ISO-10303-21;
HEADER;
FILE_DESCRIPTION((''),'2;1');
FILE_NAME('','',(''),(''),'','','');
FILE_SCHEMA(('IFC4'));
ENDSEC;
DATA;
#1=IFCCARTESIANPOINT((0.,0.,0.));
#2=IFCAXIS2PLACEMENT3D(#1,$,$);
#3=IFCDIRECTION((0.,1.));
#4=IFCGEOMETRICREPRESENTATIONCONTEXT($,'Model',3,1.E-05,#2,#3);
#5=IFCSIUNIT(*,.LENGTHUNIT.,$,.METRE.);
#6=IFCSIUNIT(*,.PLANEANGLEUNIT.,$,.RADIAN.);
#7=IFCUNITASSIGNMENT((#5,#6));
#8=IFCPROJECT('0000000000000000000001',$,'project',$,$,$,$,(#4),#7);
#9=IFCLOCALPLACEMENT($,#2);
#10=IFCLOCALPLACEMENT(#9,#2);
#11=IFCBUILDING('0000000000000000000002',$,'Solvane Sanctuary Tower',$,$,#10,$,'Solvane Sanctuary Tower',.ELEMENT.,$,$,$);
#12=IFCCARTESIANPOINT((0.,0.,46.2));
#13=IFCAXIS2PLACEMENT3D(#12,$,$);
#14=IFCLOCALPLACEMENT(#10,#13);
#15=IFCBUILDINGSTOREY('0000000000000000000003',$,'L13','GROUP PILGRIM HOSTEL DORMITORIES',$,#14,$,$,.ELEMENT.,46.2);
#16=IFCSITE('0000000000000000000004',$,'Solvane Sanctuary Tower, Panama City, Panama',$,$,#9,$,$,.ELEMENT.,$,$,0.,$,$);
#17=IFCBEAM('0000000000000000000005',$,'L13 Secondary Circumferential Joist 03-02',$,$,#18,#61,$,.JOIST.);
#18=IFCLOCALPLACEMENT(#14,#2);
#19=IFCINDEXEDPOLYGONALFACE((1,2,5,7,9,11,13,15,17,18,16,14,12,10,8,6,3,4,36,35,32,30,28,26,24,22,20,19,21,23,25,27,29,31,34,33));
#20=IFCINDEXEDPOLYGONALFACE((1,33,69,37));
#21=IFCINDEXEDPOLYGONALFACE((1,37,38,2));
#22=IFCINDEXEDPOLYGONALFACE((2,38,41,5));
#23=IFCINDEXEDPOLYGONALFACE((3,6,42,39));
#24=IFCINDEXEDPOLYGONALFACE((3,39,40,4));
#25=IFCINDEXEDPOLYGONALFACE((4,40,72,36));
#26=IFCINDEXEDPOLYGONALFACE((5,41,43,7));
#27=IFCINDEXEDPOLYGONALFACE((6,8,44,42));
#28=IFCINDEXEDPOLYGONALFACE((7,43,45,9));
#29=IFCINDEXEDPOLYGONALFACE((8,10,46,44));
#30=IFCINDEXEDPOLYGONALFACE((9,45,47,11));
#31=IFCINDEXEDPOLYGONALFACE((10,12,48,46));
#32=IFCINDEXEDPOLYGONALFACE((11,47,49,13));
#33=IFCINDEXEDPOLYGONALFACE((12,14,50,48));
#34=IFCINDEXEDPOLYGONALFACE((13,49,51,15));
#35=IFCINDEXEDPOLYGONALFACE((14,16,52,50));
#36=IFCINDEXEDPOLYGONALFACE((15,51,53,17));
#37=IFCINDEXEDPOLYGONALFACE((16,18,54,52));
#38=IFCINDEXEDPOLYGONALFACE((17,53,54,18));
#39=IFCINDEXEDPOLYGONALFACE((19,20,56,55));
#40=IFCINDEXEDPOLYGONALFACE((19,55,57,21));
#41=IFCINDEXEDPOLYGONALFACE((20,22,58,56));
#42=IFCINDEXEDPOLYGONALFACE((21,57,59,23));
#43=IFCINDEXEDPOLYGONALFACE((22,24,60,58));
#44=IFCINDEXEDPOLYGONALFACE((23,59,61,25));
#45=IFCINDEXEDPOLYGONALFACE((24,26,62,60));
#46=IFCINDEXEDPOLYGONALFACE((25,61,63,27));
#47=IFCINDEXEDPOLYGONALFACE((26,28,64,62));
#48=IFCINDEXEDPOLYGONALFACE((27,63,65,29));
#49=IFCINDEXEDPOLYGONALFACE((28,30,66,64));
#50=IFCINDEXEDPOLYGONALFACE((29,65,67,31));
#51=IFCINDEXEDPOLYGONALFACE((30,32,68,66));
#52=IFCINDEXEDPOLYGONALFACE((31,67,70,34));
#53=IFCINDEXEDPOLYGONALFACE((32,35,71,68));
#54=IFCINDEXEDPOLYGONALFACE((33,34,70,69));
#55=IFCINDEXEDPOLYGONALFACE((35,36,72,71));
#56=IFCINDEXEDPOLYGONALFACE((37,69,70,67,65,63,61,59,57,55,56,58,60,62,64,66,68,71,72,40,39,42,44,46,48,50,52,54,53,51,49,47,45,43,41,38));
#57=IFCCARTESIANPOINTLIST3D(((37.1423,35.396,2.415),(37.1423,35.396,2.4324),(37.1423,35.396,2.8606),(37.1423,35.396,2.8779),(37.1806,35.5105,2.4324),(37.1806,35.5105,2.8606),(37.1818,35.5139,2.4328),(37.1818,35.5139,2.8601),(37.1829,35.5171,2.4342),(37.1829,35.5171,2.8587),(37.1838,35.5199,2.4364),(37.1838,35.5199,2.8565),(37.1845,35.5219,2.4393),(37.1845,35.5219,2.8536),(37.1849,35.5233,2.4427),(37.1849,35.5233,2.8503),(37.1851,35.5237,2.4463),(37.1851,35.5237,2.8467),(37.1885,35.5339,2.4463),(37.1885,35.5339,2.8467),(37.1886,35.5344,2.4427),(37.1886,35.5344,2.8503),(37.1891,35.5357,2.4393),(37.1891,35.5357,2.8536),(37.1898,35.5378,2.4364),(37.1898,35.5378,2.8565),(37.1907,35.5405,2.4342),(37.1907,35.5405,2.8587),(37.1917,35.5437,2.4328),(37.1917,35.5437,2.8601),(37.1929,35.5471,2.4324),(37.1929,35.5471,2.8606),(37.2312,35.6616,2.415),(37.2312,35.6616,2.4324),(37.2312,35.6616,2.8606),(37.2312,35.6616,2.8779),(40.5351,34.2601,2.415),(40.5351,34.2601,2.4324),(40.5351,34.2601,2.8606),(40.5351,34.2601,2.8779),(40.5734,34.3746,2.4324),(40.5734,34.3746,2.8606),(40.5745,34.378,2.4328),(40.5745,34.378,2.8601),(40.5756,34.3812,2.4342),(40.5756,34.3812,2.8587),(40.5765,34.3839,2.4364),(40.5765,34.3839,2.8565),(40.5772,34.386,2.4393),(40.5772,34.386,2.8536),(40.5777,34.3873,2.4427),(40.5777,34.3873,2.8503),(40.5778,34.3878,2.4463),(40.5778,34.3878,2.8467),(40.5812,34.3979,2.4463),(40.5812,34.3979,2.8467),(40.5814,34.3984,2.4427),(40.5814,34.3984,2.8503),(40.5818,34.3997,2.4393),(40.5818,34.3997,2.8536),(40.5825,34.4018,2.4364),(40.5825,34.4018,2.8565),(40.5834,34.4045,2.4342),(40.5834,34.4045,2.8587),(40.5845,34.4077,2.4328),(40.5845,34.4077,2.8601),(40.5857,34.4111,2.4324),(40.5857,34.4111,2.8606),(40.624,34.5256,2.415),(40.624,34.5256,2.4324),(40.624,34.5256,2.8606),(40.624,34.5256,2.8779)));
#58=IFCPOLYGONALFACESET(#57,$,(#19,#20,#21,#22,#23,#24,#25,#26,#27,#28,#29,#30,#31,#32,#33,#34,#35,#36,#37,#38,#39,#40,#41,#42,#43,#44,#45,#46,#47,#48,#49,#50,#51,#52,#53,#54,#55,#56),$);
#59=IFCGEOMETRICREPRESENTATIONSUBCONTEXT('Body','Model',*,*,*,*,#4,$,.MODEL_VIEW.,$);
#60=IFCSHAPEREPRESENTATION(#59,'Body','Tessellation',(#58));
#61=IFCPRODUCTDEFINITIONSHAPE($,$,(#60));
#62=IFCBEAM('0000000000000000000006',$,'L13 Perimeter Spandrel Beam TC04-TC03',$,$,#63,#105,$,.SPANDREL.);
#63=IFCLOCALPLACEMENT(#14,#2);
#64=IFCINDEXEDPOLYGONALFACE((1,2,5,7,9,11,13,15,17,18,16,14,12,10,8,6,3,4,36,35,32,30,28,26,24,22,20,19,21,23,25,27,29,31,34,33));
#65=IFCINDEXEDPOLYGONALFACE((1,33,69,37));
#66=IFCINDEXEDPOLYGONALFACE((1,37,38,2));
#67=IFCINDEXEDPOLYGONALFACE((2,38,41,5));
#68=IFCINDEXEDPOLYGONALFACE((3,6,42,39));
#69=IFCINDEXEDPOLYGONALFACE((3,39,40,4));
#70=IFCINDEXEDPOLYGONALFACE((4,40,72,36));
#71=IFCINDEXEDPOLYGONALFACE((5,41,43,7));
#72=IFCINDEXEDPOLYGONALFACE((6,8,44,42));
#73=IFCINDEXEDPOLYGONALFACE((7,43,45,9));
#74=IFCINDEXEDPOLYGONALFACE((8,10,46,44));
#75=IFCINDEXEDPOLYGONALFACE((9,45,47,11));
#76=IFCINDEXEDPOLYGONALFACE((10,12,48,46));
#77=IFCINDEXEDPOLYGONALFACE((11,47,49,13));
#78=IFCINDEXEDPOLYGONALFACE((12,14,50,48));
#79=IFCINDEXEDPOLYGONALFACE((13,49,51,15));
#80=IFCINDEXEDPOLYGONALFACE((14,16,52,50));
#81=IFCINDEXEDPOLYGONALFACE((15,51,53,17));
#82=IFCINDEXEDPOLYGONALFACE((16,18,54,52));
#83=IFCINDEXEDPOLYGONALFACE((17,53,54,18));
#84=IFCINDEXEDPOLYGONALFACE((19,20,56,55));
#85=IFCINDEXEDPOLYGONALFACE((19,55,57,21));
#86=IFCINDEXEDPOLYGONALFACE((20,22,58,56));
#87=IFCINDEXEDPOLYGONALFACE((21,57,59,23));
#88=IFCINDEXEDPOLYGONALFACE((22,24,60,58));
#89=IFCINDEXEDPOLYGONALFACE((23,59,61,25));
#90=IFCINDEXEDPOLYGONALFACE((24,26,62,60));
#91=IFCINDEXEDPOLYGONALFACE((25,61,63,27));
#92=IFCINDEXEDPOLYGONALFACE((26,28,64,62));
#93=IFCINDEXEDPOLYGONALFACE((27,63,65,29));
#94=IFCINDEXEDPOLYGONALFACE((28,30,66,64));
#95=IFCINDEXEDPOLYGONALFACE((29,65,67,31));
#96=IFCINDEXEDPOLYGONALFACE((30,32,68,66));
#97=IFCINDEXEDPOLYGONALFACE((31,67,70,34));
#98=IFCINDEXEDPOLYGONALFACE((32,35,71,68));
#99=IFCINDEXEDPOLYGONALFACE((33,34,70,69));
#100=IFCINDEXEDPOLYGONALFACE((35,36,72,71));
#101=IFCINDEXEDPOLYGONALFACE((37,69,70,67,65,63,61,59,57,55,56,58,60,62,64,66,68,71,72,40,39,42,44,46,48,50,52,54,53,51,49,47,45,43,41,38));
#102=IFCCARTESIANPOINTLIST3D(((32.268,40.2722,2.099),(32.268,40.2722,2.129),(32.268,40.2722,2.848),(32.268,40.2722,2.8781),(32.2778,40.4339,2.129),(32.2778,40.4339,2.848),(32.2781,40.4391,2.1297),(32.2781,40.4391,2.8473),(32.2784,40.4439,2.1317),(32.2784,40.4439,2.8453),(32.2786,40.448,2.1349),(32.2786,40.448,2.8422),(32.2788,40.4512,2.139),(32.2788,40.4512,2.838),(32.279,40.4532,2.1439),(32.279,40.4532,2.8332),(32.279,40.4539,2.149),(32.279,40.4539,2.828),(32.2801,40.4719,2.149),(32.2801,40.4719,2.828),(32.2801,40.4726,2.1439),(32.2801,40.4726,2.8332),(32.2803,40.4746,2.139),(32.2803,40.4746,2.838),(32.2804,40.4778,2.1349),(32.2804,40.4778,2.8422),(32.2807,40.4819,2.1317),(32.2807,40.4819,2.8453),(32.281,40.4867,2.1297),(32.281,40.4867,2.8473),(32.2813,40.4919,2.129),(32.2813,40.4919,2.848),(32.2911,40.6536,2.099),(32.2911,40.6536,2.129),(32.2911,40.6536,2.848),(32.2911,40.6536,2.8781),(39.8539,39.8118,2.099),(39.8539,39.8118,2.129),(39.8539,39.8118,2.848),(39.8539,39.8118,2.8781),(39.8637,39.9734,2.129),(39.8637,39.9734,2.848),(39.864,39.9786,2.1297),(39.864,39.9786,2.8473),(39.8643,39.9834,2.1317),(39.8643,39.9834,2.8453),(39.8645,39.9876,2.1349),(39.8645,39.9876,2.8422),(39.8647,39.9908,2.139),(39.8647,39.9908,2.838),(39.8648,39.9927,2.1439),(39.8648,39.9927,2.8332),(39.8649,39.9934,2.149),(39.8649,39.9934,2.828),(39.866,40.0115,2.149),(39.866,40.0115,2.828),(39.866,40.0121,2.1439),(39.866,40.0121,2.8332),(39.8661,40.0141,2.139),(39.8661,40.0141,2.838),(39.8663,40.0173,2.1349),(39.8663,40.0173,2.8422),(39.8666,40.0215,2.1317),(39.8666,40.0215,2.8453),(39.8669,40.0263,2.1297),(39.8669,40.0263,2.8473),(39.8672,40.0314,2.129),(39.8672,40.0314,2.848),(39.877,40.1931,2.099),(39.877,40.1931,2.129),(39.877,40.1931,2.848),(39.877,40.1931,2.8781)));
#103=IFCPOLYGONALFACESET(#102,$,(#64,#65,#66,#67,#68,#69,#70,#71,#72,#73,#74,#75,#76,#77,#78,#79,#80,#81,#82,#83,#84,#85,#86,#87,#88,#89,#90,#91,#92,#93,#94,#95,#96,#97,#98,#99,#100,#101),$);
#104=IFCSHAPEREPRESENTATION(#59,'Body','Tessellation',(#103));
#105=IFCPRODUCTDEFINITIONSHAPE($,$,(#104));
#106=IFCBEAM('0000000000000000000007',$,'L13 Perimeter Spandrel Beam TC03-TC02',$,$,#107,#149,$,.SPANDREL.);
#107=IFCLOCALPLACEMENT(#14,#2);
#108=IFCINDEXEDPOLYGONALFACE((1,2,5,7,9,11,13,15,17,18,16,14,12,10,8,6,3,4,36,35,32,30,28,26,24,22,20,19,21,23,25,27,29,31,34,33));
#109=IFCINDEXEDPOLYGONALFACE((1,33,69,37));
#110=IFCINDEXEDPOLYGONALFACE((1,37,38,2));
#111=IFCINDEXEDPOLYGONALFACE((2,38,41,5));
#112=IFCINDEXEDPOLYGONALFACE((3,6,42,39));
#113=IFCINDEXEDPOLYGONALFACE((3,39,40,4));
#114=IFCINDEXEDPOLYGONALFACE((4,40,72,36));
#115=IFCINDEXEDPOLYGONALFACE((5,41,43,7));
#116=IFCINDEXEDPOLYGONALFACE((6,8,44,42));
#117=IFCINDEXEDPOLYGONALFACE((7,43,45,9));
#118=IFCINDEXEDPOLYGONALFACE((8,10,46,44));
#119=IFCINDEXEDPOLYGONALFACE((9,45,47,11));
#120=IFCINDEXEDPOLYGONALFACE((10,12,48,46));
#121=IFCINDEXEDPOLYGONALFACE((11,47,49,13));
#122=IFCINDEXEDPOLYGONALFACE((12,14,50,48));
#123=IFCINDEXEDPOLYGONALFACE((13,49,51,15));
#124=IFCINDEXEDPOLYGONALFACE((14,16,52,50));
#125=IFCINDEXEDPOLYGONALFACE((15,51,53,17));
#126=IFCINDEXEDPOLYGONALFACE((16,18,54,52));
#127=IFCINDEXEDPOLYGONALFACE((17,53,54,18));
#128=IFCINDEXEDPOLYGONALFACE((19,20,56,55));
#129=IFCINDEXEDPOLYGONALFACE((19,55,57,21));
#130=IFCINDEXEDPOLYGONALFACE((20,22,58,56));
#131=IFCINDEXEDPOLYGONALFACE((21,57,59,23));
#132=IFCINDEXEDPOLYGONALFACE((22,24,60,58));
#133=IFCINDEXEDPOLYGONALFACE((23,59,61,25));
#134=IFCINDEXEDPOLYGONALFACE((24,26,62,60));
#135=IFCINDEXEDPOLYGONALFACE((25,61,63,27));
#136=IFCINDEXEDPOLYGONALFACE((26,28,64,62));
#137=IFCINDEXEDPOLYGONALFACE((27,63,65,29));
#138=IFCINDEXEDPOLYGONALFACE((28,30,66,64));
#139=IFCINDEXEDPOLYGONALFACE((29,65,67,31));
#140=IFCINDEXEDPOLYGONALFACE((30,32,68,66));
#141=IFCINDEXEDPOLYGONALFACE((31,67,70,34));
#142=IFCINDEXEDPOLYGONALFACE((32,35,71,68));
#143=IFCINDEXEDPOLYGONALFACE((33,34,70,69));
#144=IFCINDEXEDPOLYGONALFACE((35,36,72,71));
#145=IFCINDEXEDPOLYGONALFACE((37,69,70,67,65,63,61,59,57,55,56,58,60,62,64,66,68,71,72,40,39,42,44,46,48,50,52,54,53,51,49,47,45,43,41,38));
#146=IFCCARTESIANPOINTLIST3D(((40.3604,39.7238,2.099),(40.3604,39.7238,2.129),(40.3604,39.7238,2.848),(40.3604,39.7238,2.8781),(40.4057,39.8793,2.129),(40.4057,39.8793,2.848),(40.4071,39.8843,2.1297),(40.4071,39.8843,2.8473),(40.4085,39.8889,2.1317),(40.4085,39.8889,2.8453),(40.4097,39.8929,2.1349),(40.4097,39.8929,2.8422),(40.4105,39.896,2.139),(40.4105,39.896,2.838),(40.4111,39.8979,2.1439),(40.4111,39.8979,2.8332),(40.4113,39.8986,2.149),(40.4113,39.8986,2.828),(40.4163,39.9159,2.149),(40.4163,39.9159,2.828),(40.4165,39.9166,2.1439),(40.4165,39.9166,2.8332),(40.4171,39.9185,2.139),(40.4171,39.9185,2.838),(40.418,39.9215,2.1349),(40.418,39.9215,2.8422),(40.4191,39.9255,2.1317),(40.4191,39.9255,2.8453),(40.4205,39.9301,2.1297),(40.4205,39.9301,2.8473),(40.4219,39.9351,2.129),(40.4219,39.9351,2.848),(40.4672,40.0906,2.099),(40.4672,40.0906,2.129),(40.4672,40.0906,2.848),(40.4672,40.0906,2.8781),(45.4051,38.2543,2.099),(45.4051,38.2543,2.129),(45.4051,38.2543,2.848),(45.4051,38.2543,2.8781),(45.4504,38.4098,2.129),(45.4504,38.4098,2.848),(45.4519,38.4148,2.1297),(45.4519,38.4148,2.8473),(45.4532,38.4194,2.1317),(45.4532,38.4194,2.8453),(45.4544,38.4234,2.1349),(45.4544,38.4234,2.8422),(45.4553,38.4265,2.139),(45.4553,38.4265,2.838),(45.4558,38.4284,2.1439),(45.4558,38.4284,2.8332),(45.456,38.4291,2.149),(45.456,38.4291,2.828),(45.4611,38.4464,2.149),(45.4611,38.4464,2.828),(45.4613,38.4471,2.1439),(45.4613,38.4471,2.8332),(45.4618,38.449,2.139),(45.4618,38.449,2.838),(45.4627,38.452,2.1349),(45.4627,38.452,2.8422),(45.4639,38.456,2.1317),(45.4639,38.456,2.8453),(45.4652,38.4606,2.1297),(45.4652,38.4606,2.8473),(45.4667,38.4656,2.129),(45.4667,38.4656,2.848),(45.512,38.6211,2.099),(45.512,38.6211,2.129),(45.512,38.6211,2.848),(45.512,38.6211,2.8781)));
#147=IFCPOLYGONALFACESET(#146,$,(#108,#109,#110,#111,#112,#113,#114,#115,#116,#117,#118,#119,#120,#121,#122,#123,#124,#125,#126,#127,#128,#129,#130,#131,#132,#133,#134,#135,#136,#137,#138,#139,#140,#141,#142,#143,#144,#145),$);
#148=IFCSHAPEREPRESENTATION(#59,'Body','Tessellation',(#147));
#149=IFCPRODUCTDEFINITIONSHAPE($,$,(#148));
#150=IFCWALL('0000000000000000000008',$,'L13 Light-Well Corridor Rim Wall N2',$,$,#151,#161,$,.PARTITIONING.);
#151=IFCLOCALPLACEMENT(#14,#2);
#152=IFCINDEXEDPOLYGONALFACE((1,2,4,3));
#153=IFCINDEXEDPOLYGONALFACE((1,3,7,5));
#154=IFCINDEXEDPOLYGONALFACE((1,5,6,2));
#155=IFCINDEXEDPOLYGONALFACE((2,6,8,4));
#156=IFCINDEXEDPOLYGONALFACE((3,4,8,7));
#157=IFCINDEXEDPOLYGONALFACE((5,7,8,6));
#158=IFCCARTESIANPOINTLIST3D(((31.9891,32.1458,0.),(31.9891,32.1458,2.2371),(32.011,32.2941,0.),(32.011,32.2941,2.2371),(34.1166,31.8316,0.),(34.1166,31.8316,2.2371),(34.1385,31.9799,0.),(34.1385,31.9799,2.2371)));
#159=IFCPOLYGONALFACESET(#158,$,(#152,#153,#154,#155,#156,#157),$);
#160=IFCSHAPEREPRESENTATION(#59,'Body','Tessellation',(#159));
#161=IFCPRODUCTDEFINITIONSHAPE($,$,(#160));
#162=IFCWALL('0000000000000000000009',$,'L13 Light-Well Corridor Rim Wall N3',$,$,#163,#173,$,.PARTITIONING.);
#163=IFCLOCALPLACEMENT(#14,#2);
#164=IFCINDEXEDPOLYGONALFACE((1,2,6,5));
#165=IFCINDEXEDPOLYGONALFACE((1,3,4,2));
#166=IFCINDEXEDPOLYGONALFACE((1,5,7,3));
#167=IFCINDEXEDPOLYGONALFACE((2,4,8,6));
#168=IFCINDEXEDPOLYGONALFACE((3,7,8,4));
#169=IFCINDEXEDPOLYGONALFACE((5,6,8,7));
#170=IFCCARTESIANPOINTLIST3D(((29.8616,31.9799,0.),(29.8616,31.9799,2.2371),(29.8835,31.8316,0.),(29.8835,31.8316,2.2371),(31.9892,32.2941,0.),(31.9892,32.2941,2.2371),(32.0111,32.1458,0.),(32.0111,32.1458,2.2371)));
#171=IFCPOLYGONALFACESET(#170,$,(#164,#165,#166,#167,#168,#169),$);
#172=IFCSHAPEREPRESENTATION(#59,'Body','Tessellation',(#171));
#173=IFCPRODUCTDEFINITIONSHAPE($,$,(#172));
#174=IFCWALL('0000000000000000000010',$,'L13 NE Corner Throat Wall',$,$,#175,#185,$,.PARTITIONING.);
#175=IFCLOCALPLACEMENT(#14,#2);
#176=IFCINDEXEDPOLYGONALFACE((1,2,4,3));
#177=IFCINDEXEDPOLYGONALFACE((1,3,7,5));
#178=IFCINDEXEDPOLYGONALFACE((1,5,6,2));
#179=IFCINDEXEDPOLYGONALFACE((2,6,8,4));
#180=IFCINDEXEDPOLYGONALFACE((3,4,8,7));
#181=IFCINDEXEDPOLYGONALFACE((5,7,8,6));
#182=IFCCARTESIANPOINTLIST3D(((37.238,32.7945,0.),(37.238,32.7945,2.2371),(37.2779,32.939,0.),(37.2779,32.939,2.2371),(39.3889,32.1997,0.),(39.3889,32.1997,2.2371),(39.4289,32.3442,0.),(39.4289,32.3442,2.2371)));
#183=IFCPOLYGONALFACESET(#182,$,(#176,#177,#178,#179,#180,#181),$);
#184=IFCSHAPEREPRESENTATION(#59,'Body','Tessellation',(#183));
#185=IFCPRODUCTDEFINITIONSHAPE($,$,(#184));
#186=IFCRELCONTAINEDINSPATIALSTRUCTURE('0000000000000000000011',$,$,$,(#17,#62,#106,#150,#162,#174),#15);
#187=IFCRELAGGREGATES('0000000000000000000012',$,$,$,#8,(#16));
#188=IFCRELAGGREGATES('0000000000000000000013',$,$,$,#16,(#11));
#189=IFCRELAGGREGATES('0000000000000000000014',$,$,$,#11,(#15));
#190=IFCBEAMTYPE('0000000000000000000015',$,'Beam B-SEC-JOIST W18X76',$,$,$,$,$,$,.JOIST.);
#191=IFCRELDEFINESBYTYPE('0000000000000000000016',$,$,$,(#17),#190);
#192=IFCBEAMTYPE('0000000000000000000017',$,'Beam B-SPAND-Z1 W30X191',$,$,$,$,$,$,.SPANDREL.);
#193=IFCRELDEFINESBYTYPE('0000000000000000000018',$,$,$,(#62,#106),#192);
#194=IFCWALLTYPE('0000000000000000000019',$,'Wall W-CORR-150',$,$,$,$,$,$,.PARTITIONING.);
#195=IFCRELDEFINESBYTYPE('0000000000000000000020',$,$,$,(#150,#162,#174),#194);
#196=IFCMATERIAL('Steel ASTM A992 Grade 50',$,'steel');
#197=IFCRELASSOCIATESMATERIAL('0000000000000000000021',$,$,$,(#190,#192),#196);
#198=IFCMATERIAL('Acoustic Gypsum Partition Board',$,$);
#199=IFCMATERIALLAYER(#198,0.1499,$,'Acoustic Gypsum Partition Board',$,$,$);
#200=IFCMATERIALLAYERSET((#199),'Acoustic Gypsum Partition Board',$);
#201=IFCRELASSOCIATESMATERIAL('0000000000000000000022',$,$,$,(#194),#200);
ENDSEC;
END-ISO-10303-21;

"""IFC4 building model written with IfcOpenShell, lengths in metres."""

from ifc_helpers import new_model, si_unit, direction, frame, frame_2d, origin, origin_2d, place, context, subcontext, project, spatial, rectangle, i_section, extrude, material, layer, layer_set, material_profile, profile_set, type_object, element, save


model = new_model("IFC4")

# Units and contexts
model_context = context("Model", 3, precision=1e-05, world=origin(), true_north=direction((0.0, 1.0)))
body_context = subcontext(model_context, "Body", "Model", "MODEL_VIEW")
ifc_project = project(units=[si_unit("LENGTHUNIT", "METRE"), si_unit("PLANEANGLEUNIT", "RADIAN")], contexts=[model_context])

# Site, building, storey
site_placement = place(None, origin())
site = spatial("IfcSite", under=ifc_project, at=site_placement, Name="Solvane Sanctuary Tower, Panama City, Panama", CompositionType="ELEMENT", RefElevation=0.0)
building_placement = place(site_placement, origin())
building = spatial("IfcBuilding", under=site, at=building_placement, Name="Solvane Sanctuary Tower", LongName="Solvane Sanctuary Tower", CompositionType="ELEMENT")
storey_placement = place(building_placement, frame((0.0, 0.0, 46.2)))
storey = spatial("IfcBuildingStorey", under=building, at=storey_placement, Name="L13", Description="GROUP PILGRIM HOSTEL DORMITORIES", CompositionType="ELEMENT", Elevation=46.2)

# Beams
ifc_material_1 = material(Name="Steel ASTM A992 Grade 50", Category="steel")
ifc_material_profile_1 = material_profile(ifc_material_1, i_section(OverallWidth=0.28, OverallDepth=0.4629, WebThickness=0.0107, FlangeThickness=0.0173, FilletRadius=0.0139, at=origin_2d()), Name="W18X76")
ifc_profile_set_1 = profile_set([ifc_material_profile_1], Name="Steel ASTM A992 Grade 50")
beam_type_1 = type_object("IfcBeamType", Name="Beam B-SEC-JOIST W18X76", PredefinedType="JOIST", material=ifc_profile_set_1)
beam_1_placement = place(storey_placement, frame((37.1868, 35.5288, 2.6465), z_axis=(0.948259, -0.317497, 0.0), x_axis=(0.317497, 0.948259, 0.0)))
element("IfcBeam", 1, at=beam_1_placement, inside=storey, type_object=beam_type_1, Name="L13 Secondary Circumferential Joist 03-02", PredefinedType="JOIST", context=body_context, shape_type="SweptSolid", body=[
    extrude(i_section(OverallWidth=0.28, OverallDepth=0.4629, WebThickness=0.0107, FlangeThickness=0.0173, FilletRadius=0.0139, at=origin_2d()), origin(), (0.0, 0.0, 1.0), 3.5779),
])
ifc_material_profile_2 = material_profile(ifc_material_1, i_section(OverallWidth=0.3821, OverallDepth=0.7791, WebThickness=0.0181, FlangeThickness=0.03, FilletRadius=0.02, at=origin_2d()), Name="W30X191")
ifc_profile_set_2 = profile_set([ifc_material_profile_2], Name="Steel ASTM A992 Grade 50")
beam_type_2 = type_object("IfcBeamType", Name="Beam B-SPAND-Z1 W30X191", PredefinedType="SPANDREL", material=ifc_profile_set_2)
beam_2_placement = place(storey_placement, frame((32.2795, 40.4629, 2.4885), z_axis=(0.998163, -0.060586, 0.0), x_axis=(0.060586, 0.998163, 0.0)))
element("IfcBeam", 2, at=beam_2_placement, inside=storey, type_object=beam_type_2, Name="L13 Perimeter Spandrel Beam TC04-TC03", PredefinedType="SPANDREL", context=body_context, shape_type="SweptSolid", body=[
    extrude(i_section(OverallWidth=0.3821, OverallDepth=0.7791, WebThickness=0.0181, FlangeThickness=0.03, FilletRadius=0.02, at=origin_2d()), origin(), (0.0, 0.0, 1.0), 7.5999),
])
beam_3_placement = place(storey_placement, frame((40.4138, 39.9072, 2.4885), z_axis=(0.960096, -0.27967, 0.0), x_axis=(0.27967, 0.960096, 0.0)))
element("IfcBeam", 3, at=beam_3_placement, inside=storey, type_object=beam_type_2, Name="L13 Perimeter Spandrel Beam TC03-TC02", PredefinedType="SPANDREL", context=body_context, shape_type="SweptSolid", body=[
    extrude(i_section(OverallWidth=0.3821, OverallDepth=0.7791, WebThickness=0.0181, FlangeThickness=0.03, FilletRadius=0.02, at=origin_2d()), origin(), (0.0, 0.0, 1.0), 5.2544),
])

# Walls
ifc_material_2 = material(Name="Acoustic Gypsum Partition Board")
ifc_layer_1 = layer(ifc_material_2, 0.1499, Name="Acoustic Gypsum Partition Board")
ifc_layer_set_1 = layer_set([ifc_layer_1], Name="Acoustic Gypsum Partition Board")
wall_type_1 = type_object("IfcWallType", Name="Wall W-CORR-150", PredefinedType="PARTITIONING", material=ifc_layer_set_1)
for number, where, z_axis, x_axis, name in (
    (4, (34.1274, 31.9058, 0.0), (0.0, 0.0, 1.0), (-0.989269, 0.146108, 0.0), "L13 Light-Well Corridor Rim Wall N2"),
    (5, (32.0, 32.22, 0.0), (0.0, 0.0, 1.0), (-0.989269, -0.146108, 0.0), "L13 Light-Well Corridor Rim Wall N3"),
):
    element("IfcWall", number, at=place(storey_placement, frame(where, z_axis=z_axis, x_axis=x_axis)), inside=storey, type_object=wall_type_1, Name=name, PredefinedType="PARTITIONING", context=body_context, shape_type="SweptSolid", body=[
        extrude(rectangle(XDim=2.1506, YDim=0.1499, at=frame_2d((1.0752, 0.0))), origin(), (0.0, 0.0, 1.0), 2.2371),
    ])
wall_1_placement = place(storey_placement, frame((37.2581, 32.8667, 0.0), z_axis=(0.0, 0.0, 1.0), x_axis=(0.963834, -0.266504, 0.0)))
element("IfcWall", 6, at=wall_1_placement, inside=storey, type_object=wall_type_1, Name="L13 NE Corner Throat Wall", PredefinedType="PARTITIONING", context=body_context, shape_type="SweptSolid", body=[
    extrude(rectangle(XDim=2.2317, YDim=0.1499, at=frame_2d((1.1157, 0.0))), origin(), (0.0, 0.0, 1.0), 2.2371),
])

save(model, "model.ifc")
